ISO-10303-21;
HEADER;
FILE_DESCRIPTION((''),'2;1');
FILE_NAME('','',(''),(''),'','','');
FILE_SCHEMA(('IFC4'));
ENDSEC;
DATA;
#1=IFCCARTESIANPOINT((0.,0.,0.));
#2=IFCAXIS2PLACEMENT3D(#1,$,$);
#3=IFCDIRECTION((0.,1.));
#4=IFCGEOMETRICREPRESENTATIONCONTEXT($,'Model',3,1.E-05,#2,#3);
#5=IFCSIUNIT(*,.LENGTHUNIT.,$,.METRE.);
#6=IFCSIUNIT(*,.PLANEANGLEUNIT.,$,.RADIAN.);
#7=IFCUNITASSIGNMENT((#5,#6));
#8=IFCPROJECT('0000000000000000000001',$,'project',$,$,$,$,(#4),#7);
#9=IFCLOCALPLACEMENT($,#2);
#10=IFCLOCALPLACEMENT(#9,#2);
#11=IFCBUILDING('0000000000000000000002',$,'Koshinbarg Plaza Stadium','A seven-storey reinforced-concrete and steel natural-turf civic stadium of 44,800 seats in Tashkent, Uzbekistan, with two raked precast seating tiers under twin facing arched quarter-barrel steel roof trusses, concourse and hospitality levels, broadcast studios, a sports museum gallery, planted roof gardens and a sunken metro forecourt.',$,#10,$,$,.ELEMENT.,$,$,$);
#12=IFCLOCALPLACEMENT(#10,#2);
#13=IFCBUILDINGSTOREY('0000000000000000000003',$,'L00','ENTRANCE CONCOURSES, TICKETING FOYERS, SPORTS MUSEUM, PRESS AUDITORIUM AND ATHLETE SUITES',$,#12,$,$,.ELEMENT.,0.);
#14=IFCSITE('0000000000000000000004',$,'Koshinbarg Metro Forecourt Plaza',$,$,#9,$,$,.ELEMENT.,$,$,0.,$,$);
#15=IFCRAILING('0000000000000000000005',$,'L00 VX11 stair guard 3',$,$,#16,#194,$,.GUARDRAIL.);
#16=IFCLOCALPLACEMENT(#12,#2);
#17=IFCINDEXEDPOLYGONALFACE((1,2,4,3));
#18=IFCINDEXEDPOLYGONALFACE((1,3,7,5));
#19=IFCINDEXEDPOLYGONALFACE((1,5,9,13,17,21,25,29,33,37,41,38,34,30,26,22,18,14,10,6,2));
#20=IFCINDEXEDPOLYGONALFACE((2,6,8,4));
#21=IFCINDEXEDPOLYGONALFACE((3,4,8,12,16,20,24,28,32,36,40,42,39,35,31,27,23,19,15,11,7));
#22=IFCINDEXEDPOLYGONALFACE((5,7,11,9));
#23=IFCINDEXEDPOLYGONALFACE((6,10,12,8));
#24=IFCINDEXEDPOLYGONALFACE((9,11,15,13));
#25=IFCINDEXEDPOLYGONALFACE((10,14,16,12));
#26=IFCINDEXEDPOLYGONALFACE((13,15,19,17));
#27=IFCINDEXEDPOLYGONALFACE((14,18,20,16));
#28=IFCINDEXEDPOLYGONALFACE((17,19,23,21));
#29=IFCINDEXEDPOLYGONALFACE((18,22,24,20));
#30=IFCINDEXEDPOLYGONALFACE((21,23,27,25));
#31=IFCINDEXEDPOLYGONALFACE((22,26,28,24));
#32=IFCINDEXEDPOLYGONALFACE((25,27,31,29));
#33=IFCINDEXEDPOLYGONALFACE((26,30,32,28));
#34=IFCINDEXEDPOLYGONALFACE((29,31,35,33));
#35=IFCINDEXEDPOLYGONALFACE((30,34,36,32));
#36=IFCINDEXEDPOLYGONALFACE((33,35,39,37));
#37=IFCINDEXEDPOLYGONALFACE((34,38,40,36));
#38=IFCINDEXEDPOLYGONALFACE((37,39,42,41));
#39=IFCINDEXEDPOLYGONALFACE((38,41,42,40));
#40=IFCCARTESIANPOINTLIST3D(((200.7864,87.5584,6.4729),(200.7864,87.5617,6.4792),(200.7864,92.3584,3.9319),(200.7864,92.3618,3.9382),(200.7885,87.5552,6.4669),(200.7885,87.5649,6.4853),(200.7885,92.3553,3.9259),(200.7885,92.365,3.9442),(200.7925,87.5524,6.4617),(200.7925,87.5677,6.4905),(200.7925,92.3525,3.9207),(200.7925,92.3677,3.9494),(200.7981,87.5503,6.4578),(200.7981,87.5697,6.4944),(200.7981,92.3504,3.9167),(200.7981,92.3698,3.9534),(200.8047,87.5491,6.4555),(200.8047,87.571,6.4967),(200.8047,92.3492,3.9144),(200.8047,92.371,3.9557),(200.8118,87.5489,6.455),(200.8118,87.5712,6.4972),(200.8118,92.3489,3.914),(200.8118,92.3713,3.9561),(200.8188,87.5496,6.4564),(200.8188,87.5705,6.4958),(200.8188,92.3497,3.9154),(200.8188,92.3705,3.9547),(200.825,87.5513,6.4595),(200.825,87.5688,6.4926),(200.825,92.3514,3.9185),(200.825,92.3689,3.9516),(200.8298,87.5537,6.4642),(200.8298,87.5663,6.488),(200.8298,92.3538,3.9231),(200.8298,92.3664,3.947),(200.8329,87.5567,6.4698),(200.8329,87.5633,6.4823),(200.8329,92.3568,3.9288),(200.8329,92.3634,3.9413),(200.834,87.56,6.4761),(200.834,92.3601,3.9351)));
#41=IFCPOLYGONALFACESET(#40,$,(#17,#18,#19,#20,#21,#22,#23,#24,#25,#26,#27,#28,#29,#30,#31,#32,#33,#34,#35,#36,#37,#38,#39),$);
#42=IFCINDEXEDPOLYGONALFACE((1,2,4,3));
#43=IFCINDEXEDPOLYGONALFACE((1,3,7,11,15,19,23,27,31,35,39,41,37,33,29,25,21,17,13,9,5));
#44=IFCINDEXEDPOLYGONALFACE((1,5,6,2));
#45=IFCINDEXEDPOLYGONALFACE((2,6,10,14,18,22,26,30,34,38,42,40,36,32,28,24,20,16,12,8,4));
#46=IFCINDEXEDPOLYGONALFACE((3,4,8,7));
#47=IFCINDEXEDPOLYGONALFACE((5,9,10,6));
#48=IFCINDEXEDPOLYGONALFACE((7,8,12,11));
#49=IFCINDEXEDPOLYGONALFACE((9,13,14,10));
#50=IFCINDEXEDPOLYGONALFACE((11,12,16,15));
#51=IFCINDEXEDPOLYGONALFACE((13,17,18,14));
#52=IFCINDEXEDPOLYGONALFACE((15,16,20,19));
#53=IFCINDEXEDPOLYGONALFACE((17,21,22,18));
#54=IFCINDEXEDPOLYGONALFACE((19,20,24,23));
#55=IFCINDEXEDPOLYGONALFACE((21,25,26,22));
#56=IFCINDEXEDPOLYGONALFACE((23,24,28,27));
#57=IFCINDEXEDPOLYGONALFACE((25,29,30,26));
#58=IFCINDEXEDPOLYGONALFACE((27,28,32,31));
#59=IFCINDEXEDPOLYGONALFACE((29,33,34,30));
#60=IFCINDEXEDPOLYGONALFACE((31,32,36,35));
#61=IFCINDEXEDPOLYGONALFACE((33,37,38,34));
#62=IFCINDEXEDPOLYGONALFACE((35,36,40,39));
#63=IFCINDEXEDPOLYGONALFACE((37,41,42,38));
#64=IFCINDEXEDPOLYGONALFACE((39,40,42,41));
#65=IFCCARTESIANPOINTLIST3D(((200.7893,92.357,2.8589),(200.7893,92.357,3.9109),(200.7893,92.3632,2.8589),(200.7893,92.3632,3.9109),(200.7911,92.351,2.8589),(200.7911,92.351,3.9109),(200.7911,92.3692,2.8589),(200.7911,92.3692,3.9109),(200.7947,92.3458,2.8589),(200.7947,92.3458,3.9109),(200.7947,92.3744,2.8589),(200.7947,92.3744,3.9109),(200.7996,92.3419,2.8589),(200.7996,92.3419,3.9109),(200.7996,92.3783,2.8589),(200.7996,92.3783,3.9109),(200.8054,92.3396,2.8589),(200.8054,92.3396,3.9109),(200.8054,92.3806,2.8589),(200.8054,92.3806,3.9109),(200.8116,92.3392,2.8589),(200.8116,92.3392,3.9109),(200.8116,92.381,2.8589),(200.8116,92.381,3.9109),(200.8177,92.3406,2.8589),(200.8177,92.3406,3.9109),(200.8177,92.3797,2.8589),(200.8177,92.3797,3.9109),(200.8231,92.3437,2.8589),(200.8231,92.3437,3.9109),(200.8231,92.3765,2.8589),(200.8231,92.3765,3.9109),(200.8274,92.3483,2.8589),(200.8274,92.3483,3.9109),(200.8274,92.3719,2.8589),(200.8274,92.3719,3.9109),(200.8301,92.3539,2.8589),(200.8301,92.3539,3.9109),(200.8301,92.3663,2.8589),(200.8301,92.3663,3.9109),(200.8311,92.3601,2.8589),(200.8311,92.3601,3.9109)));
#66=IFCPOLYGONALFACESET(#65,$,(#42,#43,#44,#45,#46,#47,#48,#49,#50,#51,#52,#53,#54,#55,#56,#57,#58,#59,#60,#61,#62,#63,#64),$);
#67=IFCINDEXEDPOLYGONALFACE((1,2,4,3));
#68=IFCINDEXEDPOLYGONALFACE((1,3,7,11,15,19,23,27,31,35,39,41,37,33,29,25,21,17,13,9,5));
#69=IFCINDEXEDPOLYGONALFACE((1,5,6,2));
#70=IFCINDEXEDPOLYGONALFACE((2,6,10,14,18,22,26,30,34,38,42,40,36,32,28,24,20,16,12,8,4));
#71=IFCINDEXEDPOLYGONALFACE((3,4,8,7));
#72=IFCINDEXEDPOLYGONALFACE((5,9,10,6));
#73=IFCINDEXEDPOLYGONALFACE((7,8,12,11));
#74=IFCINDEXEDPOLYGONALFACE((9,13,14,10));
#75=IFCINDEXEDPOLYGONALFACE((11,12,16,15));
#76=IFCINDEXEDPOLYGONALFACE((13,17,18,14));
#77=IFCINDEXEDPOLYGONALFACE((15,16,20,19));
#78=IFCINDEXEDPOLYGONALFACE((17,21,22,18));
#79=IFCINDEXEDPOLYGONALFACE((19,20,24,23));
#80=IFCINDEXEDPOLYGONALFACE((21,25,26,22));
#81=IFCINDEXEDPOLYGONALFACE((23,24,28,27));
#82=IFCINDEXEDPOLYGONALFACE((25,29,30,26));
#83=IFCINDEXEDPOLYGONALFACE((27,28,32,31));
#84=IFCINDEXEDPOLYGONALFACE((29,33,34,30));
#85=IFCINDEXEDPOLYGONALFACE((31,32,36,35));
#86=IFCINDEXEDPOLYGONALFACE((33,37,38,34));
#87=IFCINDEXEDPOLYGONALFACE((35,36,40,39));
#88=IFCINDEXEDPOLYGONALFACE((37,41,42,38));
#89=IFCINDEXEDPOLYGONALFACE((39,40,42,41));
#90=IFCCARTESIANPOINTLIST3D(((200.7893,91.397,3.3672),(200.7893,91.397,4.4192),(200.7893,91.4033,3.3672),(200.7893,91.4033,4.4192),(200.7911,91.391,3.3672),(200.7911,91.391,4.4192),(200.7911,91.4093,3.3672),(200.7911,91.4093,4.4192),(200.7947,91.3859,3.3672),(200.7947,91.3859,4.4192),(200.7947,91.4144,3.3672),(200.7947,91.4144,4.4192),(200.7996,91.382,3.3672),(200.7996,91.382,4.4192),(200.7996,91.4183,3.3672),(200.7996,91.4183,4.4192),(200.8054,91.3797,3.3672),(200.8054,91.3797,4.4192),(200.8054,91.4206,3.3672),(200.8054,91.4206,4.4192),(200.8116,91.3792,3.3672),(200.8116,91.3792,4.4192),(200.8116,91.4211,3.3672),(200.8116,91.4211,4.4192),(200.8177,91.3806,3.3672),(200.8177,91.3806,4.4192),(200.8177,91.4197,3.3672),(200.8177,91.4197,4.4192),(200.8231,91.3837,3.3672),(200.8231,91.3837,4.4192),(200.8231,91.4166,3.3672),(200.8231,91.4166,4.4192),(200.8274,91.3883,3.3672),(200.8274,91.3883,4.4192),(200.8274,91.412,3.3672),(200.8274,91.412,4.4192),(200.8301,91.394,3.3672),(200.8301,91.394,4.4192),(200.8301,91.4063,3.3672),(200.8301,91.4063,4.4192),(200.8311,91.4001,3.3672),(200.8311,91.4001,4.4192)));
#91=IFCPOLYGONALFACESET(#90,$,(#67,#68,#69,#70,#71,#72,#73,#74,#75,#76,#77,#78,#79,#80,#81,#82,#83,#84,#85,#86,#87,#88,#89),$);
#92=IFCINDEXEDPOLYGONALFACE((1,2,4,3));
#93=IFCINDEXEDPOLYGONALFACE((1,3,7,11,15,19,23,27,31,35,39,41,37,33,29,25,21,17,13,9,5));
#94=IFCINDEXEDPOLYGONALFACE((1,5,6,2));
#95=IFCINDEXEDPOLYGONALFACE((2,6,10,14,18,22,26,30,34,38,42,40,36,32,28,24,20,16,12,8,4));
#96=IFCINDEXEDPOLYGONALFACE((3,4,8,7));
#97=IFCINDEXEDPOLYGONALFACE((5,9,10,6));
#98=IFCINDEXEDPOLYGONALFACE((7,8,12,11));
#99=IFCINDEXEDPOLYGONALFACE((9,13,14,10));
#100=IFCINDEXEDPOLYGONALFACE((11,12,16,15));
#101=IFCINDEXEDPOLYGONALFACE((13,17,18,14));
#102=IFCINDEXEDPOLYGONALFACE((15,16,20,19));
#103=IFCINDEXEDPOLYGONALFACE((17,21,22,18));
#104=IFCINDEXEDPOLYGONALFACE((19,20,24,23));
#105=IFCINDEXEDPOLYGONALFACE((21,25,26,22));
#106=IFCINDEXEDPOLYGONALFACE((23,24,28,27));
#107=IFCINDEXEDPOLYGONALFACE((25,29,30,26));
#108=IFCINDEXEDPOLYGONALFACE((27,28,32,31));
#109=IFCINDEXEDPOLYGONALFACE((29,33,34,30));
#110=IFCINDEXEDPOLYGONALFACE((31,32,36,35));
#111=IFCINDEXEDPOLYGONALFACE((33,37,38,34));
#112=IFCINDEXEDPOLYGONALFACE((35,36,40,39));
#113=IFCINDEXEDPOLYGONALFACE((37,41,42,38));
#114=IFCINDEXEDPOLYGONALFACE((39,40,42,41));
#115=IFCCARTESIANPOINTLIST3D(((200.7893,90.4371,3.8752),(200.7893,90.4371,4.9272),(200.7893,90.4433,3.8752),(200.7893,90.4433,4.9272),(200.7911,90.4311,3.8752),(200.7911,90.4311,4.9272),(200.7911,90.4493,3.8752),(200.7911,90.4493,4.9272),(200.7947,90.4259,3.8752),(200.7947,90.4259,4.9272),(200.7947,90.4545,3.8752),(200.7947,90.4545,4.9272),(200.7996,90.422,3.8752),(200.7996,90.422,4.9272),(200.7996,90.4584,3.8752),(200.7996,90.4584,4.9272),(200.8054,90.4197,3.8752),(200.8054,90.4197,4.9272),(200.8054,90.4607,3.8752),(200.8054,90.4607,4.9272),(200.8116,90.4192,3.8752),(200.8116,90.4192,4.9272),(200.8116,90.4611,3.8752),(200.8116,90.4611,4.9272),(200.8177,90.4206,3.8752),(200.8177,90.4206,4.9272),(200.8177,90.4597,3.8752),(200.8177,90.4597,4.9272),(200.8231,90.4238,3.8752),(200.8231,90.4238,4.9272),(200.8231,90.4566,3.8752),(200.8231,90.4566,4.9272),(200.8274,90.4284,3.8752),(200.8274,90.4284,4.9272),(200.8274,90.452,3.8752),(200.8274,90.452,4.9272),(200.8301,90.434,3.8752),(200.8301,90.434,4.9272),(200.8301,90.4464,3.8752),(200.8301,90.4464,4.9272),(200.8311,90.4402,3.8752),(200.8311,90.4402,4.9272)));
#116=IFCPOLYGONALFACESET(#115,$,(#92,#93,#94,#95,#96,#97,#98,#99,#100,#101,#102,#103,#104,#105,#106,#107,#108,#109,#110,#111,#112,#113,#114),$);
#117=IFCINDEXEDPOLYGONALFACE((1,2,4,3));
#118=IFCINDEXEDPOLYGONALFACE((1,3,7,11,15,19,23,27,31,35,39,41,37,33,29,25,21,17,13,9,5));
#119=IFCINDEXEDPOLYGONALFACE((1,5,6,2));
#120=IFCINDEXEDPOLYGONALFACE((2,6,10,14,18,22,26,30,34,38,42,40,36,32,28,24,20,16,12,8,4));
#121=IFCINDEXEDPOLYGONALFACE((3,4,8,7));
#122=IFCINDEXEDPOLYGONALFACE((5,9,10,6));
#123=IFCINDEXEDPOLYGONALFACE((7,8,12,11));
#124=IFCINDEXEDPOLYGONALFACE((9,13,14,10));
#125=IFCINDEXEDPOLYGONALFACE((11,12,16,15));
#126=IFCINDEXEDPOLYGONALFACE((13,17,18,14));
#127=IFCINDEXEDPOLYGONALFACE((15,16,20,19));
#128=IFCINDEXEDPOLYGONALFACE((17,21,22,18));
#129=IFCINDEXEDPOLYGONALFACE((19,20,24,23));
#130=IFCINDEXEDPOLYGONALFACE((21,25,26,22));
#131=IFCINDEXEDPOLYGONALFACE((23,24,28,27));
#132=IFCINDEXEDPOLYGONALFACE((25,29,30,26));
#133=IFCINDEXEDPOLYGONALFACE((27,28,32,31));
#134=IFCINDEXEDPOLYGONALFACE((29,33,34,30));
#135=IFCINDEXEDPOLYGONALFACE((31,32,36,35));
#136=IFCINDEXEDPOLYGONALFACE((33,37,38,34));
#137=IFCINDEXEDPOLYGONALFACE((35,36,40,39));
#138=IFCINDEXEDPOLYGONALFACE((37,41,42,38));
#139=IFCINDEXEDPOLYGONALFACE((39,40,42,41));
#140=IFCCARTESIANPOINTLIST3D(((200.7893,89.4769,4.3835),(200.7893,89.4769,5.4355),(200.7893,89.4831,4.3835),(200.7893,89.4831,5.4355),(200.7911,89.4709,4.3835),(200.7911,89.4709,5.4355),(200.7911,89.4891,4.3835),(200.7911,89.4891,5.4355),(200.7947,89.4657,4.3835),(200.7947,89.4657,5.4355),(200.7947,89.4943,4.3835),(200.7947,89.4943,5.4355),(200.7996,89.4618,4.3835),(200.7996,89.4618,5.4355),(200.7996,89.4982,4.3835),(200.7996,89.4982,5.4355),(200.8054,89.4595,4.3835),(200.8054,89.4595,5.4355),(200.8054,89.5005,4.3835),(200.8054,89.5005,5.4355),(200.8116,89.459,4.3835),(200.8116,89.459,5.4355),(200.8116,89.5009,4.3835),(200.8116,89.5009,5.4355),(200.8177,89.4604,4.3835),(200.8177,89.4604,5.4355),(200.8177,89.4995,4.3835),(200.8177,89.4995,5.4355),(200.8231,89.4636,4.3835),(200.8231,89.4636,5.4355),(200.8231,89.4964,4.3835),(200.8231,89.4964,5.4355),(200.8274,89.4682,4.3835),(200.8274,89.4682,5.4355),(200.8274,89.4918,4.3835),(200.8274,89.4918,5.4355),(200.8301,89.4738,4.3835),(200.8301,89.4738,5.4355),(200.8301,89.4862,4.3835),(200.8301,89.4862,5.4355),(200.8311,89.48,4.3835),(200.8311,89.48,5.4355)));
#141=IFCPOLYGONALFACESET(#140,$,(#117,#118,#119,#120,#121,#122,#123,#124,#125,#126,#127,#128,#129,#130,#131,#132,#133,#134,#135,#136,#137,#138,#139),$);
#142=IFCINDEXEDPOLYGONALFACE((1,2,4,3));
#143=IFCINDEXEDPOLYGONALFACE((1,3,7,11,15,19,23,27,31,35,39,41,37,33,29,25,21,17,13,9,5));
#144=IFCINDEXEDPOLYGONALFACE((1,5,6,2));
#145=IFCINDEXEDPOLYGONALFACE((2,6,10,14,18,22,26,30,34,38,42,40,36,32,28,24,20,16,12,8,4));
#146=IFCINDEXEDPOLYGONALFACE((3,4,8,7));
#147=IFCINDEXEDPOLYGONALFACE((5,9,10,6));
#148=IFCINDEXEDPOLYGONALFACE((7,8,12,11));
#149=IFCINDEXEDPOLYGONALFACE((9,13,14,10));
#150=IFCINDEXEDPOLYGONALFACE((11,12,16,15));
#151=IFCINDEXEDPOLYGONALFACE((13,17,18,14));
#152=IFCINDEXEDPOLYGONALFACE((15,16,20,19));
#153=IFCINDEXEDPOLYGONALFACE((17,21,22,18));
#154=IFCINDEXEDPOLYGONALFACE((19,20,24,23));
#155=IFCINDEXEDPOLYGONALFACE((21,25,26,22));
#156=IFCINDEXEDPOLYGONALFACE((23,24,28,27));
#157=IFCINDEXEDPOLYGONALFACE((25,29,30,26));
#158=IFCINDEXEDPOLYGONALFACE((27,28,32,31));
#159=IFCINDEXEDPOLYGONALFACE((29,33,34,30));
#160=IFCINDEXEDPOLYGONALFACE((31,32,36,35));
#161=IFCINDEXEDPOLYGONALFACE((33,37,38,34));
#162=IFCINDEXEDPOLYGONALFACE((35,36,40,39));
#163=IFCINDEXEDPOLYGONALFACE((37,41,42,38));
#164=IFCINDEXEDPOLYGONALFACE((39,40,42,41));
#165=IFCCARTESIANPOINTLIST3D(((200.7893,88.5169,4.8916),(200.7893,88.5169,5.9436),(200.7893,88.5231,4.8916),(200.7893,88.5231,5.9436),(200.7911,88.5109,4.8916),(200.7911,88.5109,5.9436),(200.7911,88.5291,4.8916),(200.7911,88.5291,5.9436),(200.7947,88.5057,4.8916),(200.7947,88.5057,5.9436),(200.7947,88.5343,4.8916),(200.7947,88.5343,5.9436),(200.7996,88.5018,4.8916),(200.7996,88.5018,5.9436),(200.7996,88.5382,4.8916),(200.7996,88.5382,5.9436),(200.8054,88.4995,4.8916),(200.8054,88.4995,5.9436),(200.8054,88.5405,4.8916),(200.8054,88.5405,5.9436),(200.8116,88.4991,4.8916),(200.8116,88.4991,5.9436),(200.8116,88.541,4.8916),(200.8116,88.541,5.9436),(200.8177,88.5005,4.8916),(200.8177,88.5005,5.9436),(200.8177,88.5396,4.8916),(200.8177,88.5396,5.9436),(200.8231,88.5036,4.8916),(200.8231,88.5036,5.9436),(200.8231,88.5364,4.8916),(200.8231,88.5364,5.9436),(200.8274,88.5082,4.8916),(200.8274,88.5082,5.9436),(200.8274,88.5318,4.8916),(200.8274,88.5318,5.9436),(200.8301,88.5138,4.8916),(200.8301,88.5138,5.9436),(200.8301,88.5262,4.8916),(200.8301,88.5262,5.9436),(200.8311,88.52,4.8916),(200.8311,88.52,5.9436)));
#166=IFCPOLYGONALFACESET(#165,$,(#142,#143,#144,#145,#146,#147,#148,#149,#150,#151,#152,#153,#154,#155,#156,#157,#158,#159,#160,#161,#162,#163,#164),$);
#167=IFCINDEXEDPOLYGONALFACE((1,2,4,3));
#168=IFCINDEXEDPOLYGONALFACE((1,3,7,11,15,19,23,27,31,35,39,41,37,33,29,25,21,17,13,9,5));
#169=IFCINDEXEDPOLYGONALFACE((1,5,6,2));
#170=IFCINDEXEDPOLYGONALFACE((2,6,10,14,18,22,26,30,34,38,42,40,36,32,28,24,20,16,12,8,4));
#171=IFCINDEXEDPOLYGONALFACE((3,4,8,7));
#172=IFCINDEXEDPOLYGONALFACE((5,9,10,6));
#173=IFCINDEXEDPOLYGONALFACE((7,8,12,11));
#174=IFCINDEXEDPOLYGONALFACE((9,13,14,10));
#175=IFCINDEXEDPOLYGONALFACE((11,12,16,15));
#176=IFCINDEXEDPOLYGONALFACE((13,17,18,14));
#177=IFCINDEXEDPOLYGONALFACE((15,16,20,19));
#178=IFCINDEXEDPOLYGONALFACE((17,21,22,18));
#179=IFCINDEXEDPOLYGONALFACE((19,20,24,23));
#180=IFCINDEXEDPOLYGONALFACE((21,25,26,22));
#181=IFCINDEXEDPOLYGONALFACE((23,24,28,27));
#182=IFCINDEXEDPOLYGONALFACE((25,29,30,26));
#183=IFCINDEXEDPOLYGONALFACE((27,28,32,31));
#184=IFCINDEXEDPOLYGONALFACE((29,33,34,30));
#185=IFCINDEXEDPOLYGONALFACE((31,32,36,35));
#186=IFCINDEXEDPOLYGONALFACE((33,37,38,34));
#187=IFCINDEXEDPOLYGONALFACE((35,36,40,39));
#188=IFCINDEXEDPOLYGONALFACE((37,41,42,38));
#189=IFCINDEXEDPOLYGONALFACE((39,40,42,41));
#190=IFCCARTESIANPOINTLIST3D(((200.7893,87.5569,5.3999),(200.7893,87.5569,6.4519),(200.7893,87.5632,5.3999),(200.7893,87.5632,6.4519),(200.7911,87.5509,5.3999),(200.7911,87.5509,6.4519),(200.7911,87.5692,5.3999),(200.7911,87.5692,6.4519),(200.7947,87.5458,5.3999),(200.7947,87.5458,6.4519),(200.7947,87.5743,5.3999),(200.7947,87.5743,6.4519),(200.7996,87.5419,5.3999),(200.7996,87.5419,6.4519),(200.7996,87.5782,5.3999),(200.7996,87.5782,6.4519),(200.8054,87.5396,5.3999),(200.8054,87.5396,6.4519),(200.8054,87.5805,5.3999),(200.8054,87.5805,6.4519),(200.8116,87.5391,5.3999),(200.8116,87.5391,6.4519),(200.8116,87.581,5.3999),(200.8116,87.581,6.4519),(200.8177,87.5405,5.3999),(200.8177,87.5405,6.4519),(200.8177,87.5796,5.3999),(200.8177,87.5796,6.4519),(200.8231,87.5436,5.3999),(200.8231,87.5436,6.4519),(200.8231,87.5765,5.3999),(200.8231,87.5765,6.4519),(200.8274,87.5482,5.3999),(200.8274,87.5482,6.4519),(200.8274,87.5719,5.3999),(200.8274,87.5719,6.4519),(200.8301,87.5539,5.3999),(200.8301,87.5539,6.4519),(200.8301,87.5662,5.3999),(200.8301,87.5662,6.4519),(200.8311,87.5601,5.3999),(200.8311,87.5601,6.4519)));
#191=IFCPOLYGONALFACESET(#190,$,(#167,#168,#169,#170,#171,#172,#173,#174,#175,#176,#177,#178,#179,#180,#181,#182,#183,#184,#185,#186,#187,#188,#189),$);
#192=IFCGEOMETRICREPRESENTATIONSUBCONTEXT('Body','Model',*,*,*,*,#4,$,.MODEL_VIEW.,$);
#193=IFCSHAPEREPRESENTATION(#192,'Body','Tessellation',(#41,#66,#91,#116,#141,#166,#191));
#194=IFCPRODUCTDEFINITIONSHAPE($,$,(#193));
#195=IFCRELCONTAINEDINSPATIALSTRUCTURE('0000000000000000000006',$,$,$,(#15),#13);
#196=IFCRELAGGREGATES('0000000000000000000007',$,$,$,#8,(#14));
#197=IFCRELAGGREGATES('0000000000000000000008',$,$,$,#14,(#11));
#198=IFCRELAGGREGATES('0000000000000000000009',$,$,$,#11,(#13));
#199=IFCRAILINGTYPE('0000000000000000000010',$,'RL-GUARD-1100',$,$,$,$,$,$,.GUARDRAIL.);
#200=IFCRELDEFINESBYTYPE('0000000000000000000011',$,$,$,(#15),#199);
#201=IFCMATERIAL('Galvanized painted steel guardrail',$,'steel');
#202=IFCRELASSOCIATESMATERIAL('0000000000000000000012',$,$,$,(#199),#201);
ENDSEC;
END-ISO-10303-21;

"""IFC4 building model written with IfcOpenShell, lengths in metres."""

from ifc_helpers import new_model, si_unit, direction, frame, origin, origin_2d, place, context, subcontext, project, spatial, circle, extrude, material, type_object, element, save


model = new_model("IFC4")

# Units and contexts
model_context = context("Model", 3, precision=1e-05, world=origin(), true_north=direction((0.0, 1.0)))
body_context = subcontext(model_context, "Body", "Model", "MODEL_VIEW")
ifc_project = project(units=[si_unit("LENGTHUNIT", "METRE"), si_unit("PLANEANGLEUNIT", "RADIAN")], contexts=[model_context])

# Site, building, storey
site_placement = place(None, origin())
site = spatial("IfcSite", under=ifc_project, at=site_placement, Name="Koshinbarg Metro Forecourt Plaza", CompositionType="ELEMENT", RefElevation=0.0)
building_placement = place(site_placement, origin())
building = spatial("IfcBuilding", under=site, at=building_placement, Name="Koshinbarg Plaza Stadium", Description="A seven-storey reinforced-concrete and steel natural-turf civic stadium of 44,800 seats in Tashkent, Uzbekistan, with two raked precast seating tiers under twin facing arched quarter-barrel steel roof trusses, concourse and hospitality levels, broadcast studios, a sports museum gallery, planted roof gardens and a sunken metro forecourt.", CompositionType="ELEMENT")
storey_placement = place(building_placement, origin())
storey = spatial("IfcBuildingStorey", under=building, at=storey_placement, Name="L00", Description="ENTRANCE CONCOURSES, TICKETING FOYERS, SPORTS MUSEUM, PRESS AUDITORIUM AND ATHLETE SUITES", CompositionType="ELEMENT", Elevation=0.0)

# Railing
ifc_material_1 = material(Name="Galvanized painted steel guardrail", Category="steel")
railing_type = type_object("IfcRailingType", Name="RL-GUARD-1100", PredefinedType="GUARDRAIL", material=ifc_material_1)
railing_1_placement = place(storey_placement, frame((200.8101, 92.3601, 2.8589)))
element("IfcRailing", 1, at=railing_1_placement, inside=storey, type_object=railing_type, Name="L00 VX11 stair guard 3", PredefinedType="GUARDRAIL", context=body_context, shape_type="SweptSolid", body=[
    extrude(circle(Radius=0.0239, at=origin_2d()), frame((0.0, 0.0, 1.0762), z_axis=(0.0, -0.883802, 0.467861), x_axis=(1.0, 0.0, 0.0)), (0.0, 0.0, 1.0), 5.4312),
    extrude(circle(Radius=0.021, at=origin_2d()), origin(), (0.0, 0.0, 1.0), 1.052),
    extrude(circle(Radius=0.021, at=origin_2d()), frame((0.0, -0.96, 0.5083)), (0.0, 0.0, 1.0), 1.052),
    extrude(circle(Radius=0.021, at=origin_2d()), frame((0.0, -1.9199, 1.0164)), (0.0, 0.0, 1.0), 1.052),
    extrude(circle(Radius=0.021, at=origin_2d()), frame((0.0, -2.8801, 1.5247)), (0.0, 0.0, 1.0), 1.052),
    extrude(circle(Radius=0.021, at=origin_2d()), frame((0.0, -3.8401, 2.0327)), (0.0, 0.0, 1.0), 1.052),
    extrude(circle(Radius=0.021, at=origin_2d()), frame((0.0, -4.8, 2.541)), (0.0, 0.0, 1.0), 1.052),
])

save(model, "model.ifc")
